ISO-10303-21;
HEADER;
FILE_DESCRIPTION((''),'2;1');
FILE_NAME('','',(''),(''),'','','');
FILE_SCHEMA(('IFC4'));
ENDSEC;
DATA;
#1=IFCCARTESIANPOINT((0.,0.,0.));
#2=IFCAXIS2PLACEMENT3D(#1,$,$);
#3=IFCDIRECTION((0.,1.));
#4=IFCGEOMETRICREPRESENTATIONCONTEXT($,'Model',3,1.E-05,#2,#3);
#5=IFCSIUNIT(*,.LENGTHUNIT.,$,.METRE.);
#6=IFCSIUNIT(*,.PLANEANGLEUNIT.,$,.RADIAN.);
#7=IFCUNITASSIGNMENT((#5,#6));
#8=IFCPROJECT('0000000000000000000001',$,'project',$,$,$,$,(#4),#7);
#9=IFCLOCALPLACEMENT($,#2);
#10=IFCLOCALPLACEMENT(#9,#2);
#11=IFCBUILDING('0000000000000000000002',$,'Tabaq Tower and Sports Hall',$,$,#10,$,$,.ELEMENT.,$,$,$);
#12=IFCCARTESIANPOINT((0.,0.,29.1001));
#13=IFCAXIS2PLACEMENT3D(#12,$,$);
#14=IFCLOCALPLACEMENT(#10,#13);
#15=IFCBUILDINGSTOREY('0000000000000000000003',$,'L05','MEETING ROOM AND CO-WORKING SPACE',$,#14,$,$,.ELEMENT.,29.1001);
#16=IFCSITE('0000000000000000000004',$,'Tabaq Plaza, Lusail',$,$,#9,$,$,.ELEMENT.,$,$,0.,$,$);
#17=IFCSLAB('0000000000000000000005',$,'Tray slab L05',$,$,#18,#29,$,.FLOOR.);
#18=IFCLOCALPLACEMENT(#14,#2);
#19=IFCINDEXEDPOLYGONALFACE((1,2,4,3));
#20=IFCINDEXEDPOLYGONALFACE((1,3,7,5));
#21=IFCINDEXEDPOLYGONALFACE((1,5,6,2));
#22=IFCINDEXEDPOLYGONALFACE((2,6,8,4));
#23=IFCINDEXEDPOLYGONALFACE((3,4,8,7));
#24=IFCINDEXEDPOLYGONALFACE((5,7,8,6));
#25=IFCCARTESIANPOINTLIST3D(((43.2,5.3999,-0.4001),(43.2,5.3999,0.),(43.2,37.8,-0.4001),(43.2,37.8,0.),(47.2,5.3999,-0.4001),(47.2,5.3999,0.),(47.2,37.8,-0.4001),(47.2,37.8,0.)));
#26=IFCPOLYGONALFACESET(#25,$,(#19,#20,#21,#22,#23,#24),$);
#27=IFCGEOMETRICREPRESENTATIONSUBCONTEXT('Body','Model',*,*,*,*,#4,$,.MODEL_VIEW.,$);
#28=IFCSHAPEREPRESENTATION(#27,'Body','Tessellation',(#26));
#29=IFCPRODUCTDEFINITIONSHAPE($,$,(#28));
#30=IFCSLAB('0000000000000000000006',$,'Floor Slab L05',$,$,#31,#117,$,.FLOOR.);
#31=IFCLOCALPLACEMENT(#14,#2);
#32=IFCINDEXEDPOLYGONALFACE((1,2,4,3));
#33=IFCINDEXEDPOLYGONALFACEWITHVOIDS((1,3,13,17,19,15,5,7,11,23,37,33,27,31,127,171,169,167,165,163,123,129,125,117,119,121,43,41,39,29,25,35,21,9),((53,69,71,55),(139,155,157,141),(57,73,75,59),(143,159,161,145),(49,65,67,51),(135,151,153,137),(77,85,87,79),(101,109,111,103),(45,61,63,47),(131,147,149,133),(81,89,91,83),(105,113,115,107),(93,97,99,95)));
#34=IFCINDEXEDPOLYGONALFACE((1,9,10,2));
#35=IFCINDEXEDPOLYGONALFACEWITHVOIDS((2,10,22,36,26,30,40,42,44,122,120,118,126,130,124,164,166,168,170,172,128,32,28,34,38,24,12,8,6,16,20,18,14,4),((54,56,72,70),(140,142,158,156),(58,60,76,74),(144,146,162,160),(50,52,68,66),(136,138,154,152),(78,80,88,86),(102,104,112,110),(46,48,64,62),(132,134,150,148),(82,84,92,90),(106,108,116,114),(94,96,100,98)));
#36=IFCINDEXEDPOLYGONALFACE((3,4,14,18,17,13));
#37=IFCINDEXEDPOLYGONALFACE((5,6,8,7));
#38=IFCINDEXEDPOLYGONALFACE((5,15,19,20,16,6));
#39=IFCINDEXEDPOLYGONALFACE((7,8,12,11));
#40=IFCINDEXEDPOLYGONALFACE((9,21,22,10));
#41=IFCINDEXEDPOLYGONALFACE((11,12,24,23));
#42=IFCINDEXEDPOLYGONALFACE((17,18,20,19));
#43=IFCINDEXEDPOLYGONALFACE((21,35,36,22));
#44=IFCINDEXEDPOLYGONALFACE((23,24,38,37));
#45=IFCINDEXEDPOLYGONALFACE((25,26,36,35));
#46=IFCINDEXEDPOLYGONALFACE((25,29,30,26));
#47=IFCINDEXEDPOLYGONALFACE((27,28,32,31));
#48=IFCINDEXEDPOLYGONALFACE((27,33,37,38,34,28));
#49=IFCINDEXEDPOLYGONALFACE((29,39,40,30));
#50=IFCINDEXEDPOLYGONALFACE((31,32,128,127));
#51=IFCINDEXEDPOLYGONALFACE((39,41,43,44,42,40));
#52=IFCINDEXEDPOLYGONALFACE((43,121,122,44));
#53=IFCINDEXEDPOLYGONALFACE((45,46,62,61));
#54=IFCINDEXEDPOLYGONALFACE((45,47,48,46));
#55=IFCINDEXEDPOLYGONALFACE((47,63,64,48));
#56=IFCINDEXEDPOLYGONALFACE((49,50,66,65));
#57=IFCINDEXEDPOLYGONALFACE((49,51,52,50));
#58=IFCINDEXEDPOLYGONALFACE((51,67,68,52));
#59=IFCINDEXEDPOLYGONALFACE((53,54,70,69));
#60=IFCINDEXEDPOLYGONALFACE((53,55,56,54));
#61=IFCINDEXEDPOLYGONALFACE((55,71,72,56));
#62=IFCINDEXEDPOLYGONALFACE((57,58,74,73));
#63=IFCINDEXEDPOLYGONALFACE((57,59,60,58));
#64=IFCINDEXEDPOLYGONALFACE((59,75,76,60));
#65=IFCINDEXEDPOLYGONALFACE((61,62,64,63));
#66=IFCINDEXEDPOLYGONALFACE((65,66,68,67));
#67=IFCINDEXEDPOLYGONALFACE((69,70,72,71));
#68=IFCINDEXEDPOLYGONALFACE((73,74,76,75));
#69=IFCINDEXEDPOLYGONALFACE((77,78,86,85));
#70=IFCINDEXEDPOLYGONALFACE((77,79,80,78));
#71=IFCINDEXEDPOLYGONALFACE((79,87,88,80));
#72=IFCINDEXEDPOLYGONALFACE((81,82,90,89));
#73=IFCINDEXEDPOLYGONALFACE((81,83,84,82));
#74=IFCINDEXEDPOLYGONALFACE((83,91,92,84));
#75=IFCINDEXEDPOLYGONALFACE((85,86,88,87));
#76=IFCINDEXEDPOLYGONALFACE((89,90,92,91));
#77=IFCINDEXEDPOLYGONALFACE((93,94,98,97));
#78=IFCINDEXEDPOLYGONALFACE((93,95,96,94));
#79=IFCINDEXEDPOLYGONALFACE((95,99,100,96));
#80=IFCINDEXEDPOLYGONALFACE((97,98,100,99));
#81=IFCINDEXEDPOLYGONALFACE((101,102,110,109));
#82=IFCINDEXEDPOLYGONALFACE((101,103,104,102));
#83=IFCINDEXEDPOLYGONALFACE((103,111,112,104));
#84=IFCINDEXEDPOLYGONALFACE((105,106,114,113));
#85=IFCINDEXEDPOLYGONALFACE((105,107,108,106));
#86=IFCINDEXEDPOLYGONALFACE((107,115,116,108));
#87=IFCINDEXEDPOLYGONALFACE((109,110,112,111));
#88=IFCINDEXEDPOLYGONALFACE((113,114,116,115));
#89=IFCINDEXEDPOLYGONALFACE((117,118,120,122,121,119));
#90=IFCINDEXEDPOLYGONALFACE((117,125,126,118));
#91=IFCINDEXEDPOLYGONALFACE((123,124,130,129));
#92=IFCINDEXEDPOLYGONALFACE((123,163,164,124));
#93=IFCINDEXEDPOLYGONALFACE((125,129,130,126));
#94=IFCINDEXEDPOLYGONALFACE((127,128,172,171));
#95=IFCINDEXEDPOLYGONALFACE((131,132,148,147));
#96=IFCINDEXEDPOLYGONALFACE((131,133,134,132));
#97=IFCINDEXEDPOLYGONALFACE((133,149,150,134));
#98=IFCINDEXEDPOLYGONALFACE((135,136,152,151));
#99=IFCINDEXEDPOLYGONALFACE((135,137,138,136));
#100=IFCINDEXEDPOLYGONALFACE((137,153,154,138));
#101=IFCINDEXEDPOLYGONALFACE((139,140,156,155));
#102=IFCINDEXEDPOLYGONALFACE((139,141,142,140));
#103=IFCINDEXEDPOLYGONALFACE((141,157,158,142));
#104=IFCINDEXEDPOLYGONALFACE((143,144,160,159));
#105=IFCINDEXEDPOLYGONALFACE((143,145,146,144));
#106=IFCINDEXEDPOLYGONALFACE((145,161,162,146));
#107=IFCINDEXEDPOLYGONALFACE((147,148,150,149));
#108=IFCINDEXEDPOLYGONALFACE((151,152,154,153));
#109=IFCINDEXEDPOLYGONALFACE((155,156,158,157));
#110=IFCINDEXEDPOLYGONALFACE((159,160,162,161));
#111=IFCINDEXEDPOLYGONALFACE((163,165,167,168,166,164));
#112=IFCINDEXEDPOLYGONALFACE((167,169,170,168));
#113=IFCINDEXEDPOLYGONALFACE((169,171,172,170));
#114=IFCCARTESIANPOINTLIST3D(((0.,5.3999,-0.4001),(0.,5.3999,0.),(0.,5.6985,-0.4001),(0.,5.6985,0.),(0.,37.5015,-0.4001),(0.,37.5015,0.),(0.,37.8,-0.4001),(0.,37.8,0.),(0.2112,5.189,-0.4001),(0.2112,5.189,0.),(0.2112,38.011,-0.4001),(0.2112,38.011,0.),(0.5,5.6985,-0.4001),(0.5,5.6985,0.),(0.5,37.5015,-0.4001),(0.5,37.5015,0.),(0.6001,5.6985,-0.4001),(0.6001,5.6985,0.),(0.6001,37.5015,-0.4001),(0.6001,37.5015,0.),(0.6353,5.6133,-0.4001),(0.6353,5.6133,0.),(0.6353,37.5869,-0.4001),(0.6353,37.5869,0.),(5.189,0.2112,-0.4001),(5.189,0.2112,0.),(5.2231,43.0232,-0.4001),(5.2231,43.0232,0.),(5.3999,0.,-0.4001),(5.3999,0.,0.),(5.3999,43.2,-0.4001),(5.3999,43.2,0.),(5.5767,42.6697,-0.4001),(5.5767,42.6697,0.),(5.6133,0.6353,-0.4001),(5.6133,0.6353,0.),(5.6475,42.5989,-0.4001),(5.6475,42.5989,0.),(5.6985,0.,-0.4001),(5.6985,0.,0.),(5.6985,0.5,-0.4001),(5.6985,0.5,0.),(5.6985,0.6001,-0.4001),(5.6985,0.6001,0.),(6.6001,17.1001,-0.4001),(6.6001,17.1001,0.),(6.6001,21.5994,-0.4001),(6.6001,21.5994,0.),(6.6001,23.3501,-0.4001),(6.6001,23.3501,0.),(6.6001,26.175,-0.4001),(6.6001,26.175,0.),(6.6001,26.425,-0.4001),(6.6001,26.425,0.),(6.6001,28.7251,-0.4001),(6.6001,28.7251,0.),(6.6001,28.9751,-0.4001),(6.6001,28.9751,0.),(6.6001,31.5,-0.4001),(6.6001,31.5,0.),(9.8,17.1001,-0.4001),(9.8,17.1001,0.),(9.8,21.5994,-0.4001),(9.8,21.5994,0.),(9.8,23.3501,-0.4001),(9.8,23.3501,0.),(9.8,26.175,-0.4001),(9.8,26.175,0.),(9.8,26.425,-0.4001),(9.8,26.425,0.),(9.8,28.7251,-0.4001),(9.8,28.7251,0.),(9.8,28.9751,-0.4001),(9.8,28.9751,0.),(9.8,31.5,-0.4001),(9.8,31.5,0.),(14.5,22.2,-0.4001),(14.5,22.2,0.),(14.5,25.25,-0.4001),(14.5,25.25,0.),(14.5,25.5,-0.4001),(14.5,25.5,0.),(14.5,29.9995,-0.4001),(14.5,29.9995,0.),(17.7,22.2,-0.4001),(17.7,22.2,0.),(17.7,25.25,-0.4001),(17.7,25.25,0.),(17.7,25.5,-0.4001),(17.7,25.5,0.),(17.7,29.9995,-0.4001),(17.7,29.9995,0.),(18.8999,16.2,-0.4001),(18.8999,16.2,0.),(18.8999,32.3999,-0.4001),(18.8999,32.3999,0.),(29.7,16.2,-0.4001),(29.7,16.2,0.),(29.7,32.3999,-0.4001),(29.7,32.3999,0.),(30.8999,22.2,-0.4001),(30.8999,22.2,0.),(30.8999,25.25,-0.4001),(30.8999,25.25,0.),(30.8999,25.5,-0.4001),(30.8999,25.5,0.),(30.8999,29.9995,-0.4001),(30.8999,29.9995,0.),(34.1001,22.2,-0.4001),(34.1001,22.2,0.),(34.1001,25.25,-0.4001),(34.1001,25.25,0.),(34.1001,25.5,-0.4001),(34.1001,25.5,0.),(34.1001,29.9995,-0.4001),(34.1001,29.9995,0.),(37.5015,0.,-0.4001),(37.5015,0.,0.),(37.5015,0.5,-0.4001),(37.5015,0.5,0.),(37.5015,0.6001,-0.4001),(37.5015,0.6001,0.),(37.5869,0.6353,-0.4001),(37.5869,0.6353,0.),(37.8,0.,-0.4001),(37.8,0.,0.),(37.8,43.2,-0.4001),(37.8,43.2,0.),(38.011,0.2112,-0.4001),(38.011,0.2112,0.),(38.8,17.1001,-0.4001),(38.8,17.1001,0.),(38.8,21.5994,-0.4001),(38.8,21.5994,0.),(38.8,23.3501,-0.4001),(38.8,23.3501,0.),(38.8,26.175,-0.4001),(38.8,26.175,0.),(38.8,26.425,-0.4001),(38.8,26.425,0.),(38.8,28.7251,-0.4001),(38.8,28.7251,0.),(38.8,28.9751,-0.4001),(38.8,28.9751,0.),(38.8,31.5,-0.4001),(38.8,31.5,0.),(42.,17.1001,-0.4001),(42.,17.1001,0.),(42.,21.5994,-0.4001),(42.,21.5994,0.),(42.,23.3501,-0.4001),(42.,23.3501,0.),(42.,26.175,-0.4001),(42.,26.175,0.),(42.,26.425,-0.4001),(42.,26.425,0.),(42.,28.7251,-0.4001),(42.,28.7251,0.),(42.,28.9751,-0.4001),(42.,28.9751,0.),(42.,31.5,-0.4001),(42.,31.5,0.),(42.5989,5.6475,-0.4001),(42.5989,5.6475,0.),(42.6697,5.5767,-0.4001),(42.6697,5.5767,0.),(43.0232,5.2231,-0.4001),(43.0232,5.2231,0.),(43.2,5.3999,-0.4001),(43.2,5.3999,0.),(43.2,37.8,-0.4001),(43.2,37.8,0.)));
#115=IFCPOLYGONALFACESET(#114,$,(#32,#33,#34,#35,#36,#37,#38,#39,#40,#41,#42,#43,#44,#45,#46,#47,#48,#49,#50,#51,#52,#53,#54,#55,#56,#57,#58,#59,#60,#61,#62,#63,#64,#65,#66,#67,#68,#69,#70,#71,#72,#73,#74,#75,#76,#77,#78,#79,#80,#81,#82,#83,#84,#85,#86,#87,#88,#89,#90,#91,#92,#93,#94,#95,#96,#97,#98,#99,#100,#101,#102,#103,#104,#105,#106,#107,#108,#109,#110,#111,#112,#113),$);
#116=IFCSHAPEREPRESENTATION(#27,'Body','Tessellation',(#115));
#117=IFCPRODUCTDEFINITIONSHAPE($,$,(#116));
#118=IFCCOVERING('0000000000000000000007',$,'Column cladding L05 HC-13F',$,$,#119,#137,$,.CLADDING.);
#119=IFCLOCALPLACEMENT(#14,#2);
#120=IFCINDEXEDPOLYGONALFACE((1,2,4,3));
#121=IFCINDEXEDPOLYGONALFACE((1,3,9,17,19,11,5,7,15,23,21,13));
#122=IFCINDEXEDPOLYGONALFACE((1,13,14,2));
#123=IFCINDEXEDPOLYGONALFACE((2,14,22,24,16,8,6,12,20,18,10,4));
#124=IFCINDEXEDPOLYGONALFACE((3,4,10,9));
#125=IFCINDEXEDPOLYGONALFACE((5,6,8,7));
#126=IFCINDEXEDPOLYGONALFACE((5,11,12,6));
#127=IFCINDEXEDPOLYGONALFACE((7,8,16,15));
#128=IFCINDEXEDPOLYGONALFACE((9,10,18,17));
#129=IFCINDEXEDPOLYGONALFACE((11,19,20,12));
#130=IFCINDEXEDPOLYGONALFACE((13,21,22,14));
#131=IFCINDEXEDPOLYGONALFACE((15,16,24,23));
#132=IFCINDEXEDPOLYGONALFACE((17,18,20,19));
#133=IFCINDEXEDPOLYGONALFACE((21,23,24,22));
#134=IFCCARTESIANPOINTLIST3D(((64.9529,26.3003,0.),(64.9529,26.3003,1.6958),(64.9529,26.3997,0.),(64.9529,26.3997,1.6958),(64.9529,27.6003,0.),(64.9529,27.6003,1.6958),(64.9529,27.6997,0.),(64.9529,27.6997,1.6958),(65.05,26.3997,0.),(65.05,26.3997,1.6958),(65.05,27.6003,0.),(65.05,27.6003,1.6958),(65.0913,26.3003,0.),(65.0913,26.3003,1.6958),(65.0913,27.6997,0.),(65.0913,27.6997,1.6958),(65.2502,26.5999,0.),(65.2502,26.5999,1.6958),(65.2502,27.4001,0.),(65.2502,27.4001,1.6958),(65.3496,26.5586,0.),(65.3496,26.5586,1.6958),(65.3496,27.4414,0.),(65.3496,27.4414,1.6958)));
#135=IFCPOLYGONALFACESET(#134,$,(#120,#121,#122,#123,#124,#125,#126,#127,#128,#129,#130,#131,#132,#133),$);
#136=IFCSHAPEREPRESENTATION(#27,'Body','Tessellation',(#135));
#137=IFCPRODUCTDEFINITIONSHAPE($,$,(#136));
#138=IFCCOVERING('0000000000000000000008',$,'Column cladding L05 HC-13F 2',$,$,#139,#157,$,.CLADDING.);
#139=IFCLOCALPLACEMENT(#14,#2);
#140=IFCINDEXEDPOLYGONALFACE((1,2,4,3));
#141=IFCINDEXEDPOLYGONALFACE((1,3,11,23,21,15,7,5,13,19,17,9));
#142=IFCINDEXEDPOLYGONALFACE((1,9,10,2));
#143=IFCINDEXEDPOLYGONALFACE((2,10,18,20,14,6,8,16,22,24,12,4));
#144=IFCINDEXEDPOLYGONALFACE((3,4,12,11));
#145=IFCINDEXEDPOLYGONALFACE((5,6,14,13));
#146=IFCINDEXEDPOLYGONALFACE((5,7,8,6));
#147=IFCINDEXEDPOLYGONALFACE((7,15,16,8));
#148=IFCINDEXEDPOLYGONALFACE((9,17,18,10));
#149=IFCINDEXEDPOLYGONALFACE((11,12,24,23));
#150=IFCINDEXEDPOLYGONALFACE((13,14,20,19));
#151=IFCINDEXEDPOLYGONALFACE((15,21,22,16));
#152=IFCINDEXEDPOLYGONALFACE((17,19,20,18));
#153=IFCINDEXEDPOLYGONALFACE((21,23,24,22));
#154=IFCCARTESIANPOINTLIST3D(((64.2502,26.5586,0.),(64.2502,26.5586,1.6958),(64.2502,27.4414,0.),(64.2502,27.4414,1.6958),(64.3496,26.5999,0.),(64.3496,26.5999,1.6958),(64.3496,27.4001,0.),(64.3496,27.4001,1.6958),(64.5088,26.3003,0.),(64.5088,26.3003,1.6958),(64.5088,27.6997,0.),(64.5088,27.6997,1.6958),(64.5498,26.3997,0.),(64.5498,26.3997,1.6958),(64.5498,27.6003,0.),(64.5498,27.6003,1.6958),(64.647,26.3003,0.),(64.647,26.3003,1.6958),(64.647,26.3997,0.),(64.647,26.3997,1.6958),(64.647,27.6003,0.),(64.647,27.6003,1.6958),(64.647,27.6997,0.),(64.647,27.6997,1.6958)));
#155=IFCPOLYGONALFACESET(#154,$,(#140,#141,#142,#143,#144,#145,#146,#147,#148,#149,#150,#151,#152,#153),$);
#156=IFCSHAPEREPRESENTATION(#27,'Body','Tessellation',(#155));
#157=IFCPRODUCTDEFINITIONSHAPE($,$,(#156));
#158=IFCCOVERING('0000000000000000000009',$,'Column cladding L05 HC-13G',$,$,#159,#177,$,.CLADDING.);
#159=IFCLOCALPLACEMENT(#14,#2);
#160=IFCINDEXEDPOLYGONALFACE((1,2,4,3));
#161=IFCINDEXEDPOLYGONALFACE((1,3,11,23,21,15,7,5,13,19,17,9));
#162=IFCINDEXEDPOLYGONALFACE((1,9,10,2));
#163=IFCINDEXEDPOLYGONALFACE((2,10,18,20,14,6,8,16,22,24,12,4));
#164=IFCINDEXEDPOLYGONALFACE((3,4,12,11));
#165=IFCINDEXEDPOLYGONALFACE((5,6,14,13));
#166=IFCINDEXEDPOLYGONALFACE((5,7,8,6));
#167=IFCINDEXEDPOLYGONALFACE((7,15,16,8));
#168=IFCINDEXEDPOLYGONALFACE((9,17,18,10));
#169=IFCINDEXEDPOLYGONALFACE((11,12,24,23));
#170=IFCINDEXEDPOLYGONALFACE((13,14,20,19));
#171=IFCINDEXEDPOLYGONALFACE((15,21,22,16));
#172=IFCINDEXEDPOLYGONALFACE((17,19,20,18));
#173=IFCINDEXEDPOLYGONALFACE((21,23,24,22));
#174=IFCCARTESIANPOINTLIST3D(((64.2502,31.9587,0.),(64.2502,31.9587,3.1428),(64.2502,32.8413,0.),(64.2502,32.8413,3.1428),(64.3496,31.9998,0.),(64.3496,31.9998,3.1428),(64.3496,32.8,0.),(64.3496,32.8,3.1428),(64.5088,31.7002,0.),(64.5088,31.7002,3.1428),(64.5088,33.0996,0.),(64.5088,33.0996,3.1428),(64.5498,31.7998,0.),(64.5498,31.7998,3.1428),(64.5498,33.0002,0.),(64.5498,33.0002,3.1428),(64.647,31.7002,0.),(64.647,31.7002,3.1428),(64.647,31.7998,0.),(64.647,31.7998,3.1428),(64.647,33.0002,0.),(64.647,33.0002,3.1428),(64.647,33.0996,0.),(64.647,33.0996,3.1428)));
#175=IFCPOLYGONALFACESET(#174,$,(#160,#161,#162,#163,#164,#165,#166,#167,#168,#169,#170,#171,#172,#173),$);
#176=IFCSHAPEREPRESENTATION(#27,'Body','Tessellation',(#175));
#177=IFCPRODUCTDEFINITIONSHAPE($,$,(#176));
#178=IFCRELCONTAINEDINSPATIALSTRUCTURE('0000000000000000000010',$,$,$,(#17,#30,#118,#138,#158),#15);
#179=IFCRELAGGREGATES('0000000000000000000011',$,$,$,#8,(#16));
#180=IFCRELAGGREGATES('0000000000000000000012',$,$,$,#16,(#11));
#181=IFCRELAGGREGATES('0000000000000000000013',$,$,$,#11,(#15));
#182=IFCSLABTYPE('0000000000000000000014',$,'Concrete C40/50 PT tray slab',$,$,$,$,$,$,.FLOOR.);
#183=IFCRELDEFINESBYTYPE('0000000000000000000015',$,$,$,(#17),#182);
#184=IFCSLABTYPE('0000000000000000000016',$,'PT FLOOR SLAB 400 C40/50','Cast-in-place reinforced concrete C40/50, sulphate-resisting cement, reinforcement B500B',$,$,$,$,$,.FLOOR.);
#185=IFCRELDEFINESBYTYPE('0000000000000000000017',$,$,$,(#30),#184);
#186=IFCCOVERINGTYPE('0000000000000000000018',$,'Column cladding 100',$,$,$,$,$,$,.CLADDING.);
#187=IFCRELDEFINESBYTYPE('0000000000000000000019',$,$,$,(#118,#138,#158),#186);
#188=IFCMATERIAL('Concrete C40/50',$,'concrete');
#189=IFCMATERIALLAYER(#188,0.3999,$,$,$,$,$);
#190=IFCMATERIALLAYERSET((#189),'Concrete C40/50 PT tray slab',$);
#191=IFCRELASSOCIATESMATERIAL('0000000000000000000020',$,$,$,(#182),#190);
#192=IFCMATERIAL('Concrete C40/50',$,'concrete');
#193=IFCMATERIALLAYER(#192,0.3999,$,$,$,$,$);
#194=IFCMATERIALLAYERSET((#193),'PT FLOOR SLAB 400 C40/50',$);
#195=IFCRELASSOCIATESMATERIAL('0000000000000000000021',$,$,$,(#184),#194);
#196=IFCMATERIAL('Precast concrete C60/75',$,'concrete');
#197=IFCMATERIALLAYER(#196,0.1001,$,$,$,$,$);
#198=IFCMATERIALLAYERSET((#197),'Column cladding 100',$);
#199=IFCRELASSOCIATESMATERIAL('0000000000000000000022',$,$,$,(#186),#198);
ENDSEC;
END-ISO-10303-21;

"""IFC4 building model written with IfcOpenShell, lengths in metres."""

from ifc_helpers import new_model, si_unit, direction, frame, origin, place, context, subcontext, project, spatial, polyline, outline, extrude, material, layer, layer_set, type_object, element, save


model = new_model("IFC4")

# Units and contexts
model_context = context("Model", 3, precision=1e-05, world=origin(), true_north=direction((0.0, 1.0)))
body_context = subcontext(model_context, "Body", "Model", "MODEL_VIEW")
ifc_project = project(units=[si_unit("LENGTHUNIT", "METRE"), si_unit("PLANEANGLEUNIT", "RADIAN")], contexts=[model_context])

# Site, building, storey
site_placement = place(None, origin())
site = spatial("IfcSite", under=ifc_project, at=site_placement, Name="Tabaq Plaza, Lusail", CompositionType="ELEMENT", RefElevation=0.0)
building_placement = place(site_placement, origin())
building = spatial("IfcBuilding", under=site, at=building_placement, Name="Tabaq Tower and Sports Hall", CompositionType="ELEMENT")
storey_placement = place(building_placement, frame((0.0, 0.0, 29.1001)))
storey = spatial("IfcBuildingStorey", under=building, at=storey_placement, Name="L05", Description="MEETING ROOM AND CO-WORKING SPACE", CompositionType="ELEMENT", Elevation=29.1001)

# Slabs
ifc_material_1 = material(Name="Concrete C40/50", Category="concrete")
ifc_layer_1 = layer(ifc_material_1, 0.3999)
ifc_layer_set_1 = layer_set([ifc_layer_1], Name="Concrete C40/50 PT tray slab")
slab_type_1 = type_object("IfcSlabType", Name="Concrete C40/50 PT tray slab", PredefinedType="FLOOR", material=ifc_layer_set_1)
slab_1_placement = place(storey_placement, frame((0.0, 0.0, -0.4001)))
element("IfcSlab", 1, at=slab_1_placement, inside=storey, type_object=slab_type_1, Name="Tray slab L05", PredefinedType="FLOOR", context=body_context, shape_type="SweptSolid", body=[
    extrude(outline(polyline([(43.2, 5.3999), (43.2, 37.8), (47.2, 37.8), (47.2, 5.3999), (43.2, 5.3999)])), origin(), (0.0, 0.0, 1.0), 0.4001),
])
ifc_material_2 = material(Name="Concrete C40/50", Category="concrete")
ifc_layer_2 = layer(ifc_material_2, 0.3999)
ifc_layer_set_2 = layer_set([ifc_layer_2], Name="PT FLOOR SLAB 400 C40/50")
slab_type_2 = type_object("IfcSlabType", Name="PT FLOOR SLAB 400 C40/50", Description="Cast-in-place reinforced concrete C40/50, sulphate-resisting cement, reinforcement B500B", PredefinedType="FLOOR", material=ifc_layer_set_2)
slab_2_placement = place(storey_placement, frame((0.0, 0.0, -0.4001)))
element("IfcSlab", 2, at=slab_2_placement, inside=storey, type_object=slab_type_2, Name="Floor Slab L05", PredefinedType="FLOOR", context=body_context, shape_type="SweptSolid", body=[
    extrude(outline(polyline([(0.0, 5.6985), (0.0, 5.3999), (0.2112, 5.189), (0.6353, 5.6133), (5.6133, 0.6353), (5.189, 0.2112), (5.3999, 0.0), (5.6985, 0.0), (5.6985, 0.5), (5.6985, 0.6001), (37.5015, 0.6001), (37.5015, 0.5), (37.5015, 0.0), (37.8, 0.0), (38.011, 0.2112), (37.5869, 0.6353), (42.5989, 5.6475), (42.6697, 5.5767), (43.0232, 5.2231), (43.2, 5.3999), (43.2, 37.8), (37.8, 43.2), (5.3999, 43.2), (5.2231, 43.0232), (5.5767, 42.6697), (5.6475, 42.5989), (0.6353, 37.5869), (0.2112, 38.011), (0.0, 37.8), (0.0, 37.5015), (0.5, 37.5015), (0.6001, 37.5015), (0.6001, 5.6985), (0.5, 5.6985), (0.0, 5.6985)]), holes=[polyline([(6.6001, 21.5994), (9.8, 21.5994), (9.8, 17.1001), (6.6001, 17.1001), (6.6001, 21.5994)]), polyline([(17.7, 25.25), (17.7, 22.2), (14.5, 22.2), (14.5, 25.25), (17.7, 25.25)]), polyline([(18.8999, 32.3999), (29.7, 32.3999), (29.7, 16.2), (18.8999, 16.2), (18.8999, 32.3999)]), polyline([(6.6001, 26.175), (9.8, 26.175), (9.8, 23.3501), (6.6001, 23.3501), (6.6001, 26.175)]), polyline([(9.8, 28.7251), (9.8, 26.425), (6.6001, 26.425), (6.6001, 28.7251), (9.8, 28.7251)]), polyline([(17.7, 29.9995), (17.7, 25.5), (14.5, 25.5), (14.5, 29.9995), (17.7, 29.9995)]), polyline([(6.6001, 31.5), (9.8, 31.5), (9.8, 28.9751), (6.6001, 28.9751), (6.6001, 31.5)]), polyline([(42.0, 21.5994), (42.0, 17.1001), (38.8, 17.1001), (38.8, 21.5994), (42.0, 21.5994)]), polyline([(34.1001, 25.25), (34.1001, 22.2), (30.8999, 22.2), (30.8999, 25.25), (34.1001, 25.25)]), polyline([(42.0, 26.175), (42.0, 23.3501), (38.8, 23.3501), (38.8, 26.175), (42.0, 26.175)]), polyline([(42.0, 28.7251), (42.0, 26.425), (38.8, 26.425), (38.8, 28.7251), (42.0, 28.7251)]), polyline([(34.1001, 29.9995), (34.1001, 25.5), (30.8999, 25.5), (30.8999, 29.9995), (34.1001, 29.9995)]), polyline([(42.0, 31.5), (42.0, 28.9751), (38.8, 28.9751), (38.8, 31.5), (42.0, 31.5)])]), origin(), (0.0, 0.0, 1.0), 0.4001),
])

# Coverings
ifc_material_3 = material(Name="Precast concrete C60/75", Category="concrete")
ifc_layer_3 = layer(ifc_material_3, 0.1001)
ifc_layer_set_3 = layer_set([ifc_layer_3], Name="Column cladding 100")
covering_type = type_object("IfcCoveringType", Name="Column cladding 100", PredefinedType="CLADDING", material=ifc_layer_set_3)
covering_1_placement = place(storey_placement, origin())
element("IfcCovering", 3, at=covering_1_placement, inside=storey, type_object=covering_type, Name="Column cladding L05 HC-13F", PredefinedType="CLADDING", context=body_context, shape_type="SweptSolid", body=[
    extrude(outline(polyline([(64.9529, 26.3003), (64.9529, 26.3997), (65.05, 26.3997), (65.2502, 26.5999), (65.2502, 27.4001), (65.05, 27.6003), (64.9529, 27.6003), (64.9529, 27.6997), (65.0913, 27.6997), (65.3496, 27.4414), (65.3496, 26.5586), (65.0913, 26.3003), (64.9529, 26.3003)])), origin(), (0.0, 0.0, 1.0), 1.6958),
])
covering_2_placement = place(storey_placement, origin())
element("IfcCovering", 4, at=covering_2_placement, inside=storey, type_object=covering_type, Name="Column cladding L05 HC-13F 2", PredefinedType="CLADDING", context=body_context, shape_type="SweptSolid", body=[
    extrude(outline(polyline([(64.5088, 26.3003), (64.2502, 26.5586), (64.2502, 27.4414), (64.5088, 27.6997), (64.647, 27.6997), (64.647, 27.6003), (64.5498, 27.6003), (64.3496, 27.4001), (64.3496, 26.5999), (64.5498, 26.3997), (64.647, 26.3997), (64.647, 26.3003), (64.5088, 26.3003)])), origin(), (0.0, 0.0, 1.0), 1.6958),
])
covering_3_placement = place(storey_placement, origin())
element("IfcCovering", 5, at=covering_3_placement, inside=storey, type_object=covering_type, Name="Column cladding L05 HC-13G", PredefinedType="CLADDING", context=body_context, shape_type="SweptSolid", body=[
    extrude(outline(polyline([(64.5088, 31.7002), (64.2502, 31.9587), (64.2502, 32.8413), (64.5088, 33.0996), (64.647, 33.0996), (64.647, 33.0002), (64.5498, 33.0002), (64.3496, 32.8), (64.3496, 31.9998), (64.5498, 31.7998), (64.647, 31.7998), (64.647, 31.7002), (64.5088, 31.7002)])), origin(), (0.0, 0.0, 1.0), 3.1428),
])

save(model, "model.ifc")
